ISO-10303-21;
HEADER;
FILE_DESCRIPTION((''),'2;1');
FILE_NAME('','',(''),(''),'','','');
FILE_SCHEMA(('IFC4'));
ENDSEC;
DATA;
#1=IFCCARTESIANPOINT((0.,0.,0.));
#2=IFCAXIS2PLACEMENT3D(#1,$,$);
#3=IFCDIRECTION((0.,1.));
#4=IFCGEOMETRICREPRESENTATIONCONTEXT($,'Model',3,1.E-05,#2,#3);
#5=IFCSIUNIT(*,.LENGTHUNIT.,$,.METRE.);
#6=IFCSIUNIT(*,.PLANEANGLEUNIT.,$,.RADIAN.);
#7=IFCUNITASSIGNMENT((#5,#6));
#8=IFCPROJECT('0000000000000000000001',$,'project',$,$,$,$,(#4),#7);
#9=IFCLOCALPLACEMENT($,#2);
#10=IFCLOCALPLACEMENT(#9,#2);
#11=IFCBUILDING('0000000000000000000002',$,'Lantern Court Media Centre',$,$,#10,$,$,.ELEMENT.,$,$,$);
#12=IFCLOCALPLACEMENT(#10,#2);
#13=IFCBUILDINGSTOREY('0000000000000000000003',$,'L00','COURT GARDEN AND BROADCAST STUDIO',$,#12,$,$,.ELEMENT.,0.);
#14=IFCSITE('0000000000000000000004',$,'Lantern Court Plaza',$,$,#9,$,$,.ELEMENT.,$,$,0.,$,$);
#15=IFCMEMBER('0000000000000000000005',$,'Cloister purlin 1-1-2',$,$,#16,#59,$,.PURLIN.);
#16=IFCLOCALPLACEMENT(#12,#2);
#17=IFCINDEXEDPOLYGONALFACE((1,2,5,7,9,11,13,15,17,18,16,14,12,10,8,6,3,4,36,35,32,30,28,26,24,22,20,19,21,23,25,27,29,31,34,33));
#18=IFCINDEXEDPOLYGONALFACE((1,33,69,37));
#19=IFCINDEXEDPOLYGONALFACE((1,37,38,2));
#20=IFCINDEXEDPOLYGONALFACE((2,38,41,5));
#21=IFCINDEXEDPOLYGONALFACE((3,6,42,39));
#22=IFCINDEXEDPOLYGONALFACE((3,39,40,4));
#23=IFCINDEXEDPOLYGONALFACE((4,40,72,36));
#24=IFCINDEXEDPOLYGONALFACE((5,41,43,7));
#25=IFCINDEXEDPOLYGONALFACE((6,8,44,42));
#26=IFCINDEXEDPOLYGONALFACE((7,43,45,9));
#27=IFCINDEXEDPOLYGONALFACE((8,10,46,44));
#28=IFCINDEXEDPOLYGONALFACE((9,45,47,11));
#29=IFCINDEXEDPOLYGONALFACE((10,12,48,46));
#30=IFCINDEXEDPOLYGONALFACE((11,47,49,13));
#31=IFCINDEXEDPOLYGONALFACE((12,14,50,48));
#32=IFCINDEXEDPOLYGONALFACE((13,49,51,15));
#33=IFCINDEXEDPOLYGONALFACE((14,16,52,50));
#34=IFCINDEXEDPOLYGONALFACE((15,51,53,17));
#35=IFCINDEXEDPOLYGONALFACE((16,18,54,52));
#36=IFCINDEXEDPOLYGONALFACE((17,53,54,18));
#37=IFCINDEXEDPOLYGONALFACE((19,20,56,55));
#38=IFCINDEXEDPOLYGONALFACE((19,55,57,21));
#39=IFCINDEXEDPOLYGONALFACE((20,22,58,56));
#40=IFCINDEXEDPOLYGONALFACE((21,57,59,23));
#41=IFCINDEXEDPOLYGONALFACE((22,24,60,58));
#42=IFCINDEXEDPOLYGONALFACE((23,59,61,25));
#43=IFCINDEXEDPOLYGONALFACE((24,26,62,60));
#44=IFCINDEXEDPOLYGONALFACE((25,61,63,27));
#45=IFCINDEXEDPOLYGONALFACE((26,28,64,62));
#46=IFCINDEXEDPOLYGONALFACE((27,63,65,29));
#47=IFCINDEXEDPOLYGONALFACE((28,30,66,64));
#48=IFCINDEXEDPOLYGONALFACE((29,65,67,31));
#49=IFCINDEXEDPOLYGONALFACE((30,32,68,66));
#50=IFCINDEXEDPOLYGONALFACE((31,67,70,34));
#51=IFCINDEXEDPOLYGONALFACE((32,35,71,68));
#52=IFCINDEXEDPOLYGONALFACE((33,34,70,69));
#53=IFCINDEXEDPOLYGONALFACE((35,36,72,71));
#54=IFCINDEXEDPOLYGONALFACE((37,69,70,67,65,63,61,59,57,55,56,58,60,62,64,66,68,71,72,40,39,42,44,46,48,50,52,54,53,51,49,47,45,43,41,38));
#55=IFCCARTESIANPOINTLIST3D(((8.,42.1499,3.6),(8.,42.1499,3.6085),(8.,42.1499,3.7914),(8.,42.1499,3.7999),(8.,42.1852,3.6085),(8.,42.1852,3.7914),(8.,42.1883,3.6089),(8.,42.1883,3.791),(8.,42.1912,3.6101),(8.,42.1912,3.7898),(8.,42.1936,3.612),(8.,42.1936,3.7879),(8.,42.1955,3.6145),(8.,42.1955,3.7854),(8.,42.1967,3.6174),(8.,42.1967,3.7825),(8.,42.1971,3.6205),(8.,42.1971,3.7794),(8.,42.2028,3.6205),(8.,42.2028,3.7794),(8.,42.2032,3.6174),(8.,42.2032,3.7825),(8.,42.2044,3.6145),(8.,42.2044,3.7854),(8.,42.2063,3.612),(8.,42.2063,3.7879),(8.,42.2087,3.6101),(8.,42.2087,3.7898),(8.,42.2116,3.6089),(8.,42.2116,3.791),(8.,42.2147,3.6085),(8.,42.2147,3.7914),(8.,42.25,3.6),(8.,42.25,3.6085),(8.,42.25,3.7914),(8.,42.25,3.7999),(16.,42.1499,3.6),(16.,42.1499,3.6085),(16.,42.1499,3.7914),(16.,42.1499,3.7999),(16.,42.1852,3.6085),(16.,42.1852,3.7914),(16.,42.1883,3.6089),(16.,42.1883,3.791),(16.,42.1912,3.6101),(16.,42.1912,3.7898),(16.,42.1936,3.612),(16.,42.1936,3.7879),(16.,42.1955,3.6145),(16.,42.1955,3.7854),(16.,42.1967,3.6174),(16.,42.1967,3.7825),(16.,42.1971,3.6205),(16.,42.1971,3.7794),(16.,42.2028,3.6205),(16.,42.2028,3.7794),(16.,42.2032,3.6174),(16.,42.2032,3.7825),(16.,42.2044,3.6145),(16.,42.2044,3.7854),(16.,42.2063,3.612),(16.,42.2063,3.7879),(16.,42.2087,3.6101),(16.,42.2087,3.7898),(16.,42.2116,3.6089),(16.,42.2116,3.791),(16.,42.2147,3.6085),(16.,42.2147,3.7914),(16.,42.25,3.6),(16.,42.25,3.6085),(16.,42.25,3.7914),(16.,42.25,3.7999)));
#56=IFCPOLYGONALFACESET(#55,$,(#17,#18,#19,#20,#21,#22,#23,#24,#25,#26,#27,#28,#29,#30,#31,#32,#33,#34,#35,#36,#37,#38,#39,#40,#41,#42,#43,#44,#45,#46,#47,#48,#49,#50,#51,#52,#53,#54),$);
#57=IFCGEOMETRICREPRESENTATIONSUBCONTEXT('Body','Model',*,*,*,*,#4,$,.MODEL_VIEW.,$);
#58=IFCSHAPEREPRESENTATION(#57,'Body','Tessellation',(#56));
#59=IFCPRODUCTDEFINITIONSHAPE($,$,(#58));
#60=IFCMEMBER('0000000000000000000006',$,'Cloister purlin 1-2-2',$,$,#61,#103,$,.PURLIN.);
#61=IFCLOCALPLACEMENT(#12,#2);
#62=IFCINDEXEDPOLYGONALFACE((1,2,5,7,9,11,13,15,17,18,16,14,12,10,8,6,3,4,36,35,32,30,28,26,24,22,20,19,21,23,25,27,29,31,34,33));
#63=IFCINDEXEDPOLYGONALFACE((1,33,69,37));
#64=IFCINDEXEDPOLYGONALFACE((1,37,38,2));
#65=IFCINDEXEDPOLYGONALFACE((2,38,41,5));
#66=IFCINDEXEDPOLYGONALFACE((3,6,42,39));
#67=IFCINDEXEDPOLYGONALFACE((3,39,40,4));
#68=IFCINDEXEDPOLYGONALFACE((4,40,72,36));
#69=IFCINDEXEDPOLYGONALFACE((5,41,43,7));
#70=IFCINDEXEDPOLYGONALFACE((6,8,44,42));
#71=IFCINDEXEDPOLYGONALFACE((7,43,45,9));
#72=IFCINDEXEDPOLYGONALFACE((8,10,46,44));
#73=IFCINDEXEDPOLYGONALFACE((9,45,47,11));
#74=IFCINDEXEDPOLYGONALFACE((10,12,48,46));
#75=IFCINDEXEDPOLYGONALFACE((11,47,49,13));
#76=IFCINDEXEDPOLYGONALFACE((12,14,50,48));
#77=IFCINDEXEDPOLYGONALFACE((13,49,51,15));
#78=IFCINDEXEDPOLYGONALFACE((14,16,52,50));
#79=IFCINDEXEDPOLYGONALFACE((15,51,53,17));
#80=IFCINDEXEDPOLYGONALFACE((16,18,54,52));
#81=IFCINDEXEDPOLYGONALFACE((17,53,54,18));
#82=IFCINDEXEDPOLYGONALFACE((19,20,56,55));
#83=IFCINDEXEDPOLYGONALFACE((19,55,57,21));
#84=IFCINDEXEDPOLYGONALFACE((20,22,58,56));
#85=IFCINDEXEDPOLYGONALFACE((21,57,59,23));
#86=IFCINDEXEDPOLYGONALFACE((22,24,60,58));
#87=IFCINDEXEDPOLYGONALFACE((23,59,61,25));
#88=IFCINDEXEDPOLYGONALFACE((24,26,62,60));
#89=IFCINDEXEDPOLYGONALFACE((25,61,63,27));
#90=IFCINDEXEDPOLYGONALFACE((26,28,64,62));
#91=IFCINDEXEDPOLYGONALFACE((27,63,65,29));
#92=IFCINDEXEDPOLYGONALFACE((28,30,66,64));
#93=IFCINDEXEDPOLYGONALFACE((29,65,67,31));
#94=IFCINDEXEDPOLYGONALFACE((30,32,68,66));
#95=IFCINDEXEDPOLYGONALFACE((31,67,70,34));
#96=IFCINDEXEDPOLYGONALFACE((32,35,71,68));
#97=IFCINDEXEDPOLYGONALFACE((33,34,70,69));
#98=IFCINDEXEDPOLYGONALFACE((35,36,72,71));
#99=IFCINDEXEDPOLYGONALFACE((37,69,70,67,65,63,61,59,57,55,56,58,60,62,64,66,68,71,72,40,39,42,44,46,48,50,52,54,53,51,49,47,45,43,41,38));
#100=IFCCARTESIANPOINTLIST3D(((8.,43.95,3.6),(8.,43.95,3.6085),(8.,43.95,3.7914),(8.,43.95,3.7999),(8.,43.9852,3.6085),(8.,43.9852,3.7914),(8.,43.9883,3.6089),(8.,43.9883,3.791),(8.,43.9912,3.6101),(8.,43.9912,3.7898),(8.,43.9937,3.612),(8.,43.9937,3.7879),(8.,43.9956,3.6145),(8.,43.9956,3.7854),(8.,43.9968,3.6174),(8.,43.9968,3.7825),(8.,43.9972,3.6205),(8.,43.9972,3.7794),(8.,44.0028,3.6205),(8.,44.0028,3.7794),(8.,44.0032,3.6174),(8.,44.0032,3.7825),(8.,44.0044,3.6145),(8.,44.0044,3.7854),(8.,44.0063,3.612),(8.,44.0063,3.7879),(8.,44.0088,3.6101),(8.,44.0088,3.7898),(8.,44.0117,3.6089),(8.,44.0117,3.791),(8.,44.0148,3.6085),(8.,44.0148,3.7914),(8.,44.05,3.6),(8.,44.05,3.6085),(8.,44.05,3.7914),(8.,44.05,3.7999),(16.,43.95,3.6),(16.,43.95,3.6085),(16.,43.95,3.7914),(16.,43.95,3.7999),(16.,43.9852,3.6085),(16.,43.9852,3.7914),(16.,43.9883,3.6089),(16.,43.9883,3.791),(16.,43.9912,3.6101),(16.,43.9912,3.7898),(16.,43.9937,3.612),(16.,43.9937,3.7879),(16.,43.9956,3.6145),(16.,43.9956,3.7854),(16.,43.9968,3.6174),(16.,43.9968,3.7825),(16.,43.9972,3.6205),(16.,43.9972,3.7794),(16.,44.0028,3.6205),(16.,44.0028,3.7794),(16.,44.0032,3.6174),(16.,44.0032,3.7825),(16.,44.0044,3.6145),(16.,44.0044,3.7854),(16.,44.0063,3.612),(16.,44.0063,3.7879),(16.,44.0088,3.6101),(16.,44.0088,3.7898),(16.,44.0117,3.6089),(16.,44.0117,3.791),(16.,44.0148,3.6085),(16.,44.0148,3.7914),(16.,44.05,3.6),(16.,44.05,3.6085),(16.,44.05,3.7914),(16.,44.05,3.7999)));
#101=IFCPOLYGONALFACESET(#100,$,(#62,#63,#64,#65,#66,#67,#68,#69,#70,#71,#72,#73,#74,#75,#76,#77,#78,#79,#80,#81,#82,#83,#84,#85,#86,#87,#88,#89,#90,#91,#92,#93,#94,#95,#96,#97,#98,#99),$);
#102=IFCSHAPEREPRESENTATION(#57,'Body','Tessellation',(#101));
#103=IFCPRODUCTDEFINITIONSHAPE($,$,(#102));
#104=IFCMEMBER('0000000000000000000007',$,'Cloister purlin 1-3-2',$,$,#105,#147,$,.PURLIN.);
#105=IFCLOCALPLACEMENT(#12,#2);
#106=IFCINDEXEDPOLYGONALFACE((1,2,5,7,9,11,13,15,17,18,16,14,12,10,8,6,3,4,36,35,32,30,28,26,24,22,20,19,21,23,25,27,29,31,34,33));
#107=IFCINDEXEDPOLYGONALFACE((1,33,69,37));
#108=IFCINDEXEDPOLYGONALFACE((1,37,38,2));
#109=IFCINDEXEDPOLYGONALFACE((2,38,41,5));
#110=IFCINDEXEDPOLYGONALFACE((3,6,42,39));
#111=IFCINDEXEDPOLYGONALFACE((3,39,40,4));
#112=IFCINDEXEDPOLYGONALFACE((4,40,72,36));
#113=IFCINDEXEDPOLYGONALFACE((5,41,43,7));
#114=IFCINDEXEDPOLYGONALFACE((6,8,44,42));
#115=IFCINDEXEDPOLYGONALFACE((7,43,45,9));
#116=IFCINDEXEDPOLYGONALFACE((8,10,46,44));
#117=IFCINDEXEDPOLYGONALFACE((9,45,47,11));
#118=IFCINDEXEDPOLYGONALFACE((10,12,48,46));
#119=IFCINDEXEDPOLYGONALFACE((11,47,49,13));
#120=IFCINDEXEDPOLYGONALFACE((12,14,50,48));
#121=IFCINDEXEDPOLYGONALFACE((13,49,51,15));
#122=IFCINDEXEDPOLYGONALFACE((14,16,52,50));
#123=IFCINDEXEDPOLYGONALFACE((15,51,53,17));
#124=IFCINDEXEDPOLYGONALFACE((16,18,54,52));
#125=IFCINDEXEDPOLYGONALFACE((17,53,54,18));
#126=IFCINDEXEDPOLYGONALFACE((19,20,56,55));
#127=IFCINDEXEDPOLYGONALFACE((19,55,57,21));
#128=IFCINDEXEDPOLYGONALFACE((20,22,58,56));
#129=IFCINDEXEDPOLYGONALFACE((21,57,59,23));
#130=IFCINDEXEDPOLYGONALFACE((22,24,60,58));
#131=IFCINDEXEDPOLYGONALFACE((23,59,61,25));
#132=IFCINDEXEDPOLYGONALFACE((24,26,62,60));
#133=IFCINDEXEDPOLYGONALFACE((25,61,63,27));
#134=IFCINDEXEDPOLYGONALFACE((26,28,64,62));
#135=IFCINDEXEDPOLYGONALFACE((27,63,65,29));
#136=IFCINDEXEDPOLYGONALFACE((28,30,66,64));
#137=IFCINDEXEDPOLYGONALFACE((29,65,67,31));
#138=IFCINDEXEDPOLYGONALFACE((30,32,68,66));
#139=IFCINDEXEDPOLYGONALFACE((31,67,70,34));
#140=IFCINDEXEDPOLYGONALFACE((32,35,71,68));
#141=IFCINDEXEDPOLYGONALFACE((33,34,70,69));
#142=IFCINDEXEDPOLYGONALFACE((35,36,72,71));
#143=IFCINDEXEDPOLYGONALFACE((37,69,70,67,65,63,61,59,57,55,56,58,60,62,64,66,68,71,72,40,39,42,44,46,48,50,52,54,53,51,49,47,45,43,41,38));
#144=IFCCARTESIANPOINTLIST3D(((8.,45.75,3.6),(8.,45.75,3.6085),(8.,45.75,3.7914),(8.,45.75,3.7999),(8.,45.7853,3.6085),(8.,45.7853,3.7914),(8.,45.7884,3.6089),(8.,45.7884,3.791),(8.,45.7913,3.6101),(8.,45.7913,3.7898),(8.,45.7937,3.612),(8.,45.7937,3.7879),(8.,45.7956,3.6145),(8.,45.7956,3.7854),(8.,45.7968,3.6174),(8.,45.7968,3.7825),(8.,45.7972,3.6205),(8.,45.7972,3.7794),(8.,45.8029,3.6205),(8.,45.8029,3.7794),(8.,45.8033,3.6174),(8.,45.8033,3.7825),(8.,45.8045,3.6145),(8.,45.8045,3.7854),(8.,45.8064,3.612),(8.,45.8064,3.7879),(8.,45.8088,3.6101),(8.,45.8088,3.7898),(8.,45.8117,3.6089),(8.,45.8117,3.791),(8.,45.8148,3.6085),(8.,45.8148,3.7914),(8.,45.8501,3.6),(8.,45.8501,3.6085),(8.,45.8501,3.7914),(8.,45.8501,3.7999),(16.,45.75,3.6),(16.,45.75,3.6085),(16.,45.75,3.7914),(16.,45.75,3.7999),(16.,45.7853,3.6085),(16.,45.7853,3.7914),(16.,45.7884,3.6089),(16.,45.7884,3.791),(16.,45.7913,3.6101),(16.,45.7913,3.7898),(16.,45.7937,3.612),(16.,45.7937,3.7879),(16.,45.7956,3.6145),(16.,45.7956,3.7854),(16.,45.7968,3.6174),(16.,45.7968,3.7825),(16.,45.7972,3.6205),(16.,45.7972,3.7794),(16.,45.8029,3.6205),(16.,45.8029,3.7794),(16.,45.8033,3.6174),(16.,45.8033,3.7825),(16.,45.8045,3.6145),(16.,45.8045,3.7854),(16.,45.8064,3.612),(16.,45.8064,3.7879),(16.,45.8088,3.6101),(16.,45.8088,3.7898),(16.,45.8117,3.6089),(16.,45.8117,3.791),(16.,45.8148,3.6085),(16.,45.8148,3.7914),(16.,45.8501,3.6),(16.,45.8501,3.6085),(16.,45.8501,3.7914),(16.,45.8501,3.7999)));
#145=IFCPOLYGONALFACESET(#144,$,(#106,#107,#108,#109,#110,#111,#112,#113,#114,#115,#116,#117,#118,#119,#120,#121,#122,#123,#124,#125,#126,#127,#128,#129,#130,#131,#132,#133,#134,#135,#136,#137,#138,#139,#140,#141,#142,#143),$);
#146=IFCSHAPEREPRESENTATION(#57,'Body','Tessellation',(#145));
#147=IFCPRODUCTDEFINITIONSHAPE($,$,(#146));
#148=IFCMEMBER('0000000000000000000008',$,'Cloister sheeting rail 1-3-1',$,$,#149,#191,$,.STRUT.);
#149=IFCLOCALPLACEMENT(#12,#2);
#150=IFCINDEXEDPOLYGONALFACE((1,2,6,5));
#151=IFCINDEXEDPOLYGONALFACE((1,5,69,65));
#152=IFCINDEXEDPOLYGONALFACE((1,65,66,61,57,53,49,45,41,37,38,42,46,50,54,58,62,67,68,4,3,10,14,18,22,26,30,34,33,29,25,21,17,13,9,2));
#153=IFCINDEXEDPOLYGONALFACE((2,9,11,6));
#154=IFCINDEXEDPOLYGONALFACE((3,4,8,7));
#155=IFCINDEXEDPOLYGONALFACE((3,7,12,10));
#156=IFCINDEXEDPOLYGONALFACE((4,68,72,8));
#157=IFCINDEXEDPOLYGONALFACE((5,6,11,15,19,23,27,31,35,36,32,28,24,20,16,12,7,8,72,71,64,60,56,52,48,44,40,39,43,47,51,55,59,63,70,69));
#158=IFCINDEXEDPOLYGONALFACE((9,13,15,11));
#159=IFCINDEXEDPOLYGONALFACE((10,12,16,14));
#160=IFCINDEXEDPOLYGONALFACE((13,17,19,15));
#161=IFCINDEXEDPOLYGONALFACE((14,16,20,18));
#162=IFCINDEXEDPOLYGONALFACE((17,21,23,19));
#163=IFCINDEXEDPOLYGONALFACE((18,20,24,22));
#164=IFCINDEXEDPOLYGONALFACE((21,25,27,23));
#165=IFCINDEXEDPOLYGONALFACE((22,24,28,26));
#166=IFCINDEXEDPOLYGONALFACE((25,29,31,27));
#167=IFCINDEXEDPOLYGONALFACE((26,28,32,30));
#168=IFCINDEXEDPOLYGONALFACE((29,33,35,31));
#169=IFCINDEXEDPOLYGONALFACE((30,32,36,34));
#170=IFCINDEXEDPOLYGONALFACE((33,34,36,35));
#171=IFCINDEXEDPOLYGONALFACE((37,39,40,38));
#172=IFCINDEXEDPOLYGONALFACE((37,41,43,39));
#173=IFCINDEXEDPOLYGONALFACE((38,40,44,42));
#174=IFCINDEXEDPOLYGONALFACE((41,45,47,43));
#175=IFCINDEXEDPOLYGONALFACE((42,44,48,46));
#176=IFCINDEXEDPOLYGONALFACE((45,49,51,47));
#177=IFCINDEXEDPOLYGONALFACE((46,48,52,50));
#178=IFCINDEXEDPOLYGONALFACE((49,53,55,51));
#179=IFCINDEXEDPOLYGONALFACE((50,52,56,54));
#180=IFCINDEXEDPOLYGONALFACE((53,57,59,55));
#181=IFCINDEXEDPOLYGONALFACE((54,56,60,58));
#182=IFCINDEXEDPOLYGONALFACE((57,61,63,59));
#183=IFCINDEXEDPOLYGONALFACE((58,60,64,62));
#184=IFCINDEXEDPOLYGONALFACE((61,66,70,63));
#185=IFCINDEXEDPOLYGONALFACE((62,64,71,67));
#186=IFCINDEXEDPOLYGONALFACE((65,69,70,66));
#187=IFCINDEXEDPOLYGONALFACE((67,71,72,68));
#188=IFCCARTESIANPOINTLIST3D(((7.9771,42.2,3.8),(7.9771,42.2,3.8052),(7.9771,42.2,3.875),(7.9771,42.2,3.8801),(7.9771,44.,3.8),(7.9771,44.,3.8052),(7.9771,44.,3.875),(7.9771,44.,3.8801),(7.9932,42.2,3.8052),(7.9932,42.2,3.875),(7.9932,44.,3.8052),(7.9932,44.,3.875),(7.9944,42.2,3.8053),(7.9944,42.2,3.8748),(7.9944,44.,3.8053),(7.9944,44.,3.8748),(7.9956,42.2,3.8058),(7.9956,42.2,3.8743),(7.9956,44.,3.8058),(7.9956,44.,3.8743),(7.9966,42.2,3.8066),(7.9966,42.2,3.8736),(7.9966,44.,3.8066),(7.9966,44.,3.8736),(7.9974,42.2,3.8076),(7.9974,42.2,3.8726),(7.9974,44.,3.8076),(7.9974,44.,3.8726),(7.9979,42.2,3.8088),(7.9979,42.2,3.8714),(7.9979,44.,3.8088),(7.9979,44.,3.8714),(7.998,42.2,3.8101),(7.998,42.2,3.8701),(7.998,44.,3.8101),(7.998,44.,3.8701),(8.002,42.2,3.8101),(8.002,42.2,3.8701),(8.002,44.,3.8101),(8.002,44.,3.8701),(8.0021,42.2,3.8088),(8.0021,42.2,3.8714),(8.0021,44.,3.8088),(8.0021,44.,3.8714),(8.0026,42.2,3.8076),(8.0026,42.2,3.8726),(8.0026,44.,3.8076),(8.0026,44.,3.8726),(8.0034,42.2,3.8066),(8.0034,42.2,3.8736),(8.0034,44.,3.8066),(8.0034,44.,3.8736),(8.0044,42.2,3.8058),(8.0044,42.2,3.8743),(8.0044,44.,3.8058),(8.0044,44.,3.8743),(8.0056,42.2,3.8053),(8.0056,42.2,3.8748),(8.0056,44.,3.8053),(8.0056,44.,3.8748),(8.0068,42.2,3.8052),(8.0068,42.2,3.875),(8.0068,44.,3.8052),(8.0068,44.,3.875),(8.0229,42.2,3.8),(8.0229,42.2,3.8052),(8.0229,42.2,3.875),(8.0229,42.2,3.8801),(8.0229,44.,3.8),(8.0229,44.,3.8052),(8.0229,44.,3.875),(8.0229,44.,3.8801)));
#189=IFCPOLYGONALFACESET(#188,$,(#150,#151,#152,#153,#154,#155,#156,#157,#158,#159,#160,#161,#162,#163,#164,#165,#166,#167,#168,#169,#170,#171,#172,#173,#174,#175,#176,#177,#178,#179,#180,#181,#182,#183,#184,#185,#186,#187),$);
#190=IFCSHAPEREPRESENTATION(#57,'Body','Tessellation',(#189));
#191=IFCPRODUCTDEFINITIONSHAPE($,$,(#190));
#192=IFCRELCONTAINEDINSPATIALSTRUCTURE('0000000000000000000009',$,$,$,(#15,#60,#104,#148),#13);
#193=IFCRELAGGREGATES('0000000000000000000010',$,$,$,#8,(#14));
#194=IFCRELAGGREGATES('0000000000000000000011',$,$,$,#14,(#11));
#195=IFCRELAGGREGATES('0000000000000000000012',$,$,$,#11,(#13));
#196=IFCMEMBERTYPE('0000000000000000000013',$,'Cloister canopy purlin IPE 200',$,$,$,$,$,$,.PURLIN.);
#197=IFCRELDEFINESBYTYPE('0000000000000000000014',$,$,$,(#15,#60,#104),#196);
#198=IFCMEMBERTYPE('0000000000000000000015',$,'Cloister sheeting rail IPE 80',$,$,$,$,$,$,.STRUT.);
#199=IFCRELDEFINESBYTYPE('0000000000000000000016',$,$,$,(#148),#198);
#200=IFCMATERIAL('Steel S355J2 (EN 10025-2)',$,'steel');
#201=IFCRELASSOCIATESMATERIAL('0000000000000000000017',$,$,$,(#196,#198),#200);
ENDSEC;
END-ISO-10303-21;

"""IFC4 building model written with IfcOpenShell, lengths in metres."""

from ifc_helpers import new_model, si_unit, direction, frame, origin, origin_2d, place, context, subcontext, project, spatial, i_section, extrude, material, material_profile, profile_set, type_object, element, save


model = new_model("IFC4")

# Units and contexts
model_context = context("Model", 3, precision=1e-05, world=origin(), true_north=direction((0.0, 1.0)))
body_context = subcontext(model_context, "Body", "Model", "MODEL_VIEW")
ifc_project = project(units=[si_unit("LENGTHUNIT", "METRE"), si_unit("PLANEANGLEUNIT", "RADIAN")], contexts=[model_context])

# Site, building, storey
site_placement = place(None, origin())
site = spatial("IfcSite", under=ifc_project, at=site_placement, Name="Lantern Court Plaza", CompositionType="ELEMENT", RefElevation=0.0)
building_placement = place(site_placement, origin())
building = spatial("IfcBuilding", under=site, at=building_placement, Name="Lantern Court Media Centre", CompositionType="ELEMENT")
storey_placement = place(building_placement, origin())
storey = spatial("IfcBuildingStorey", under=building, at=storey_placement, Name="L00", Description="COURT GARDEN AND BROADCAST STUDIO", CompositionType="ELEMENT", Elevation=0.0)

# Shared definitions
ifc_material_1 = material(Name="Steel S355J2 (EN 10025-2)", Category="steel")

# Members
ifc_material_profile_1 = material_profile(ifc_material_1, i_section(OverallWidth=0.1001, OverallDepth=0.2, WebThickness=0.0056, FlangeThickness=0.0085, FilletRadius=0.012, at=origin_2d()), Name="IPE 200")
ifc_profile_set_1 = profile_set([ifc_material_profile_1], Name="Steel S355J2 (EN 10025-2)")
member_type_1 = type_object("IfcMemberType", Name="Cloister canopy purlin IPE 200", PredefinedType="PURLIN", material=ifc_profile_set_1)
for number, where, z_axis, x_axis, name in (
    (1, (8.0, 42.2, 3.7), (1.0, 0.0, 0.0), (0.0, 1.0, 0.0), "Cloister purlin 1-1-2"),
    (2, (8.0, 44.0, 3.7), (1.0, 0.0, 0.0), (0.0, 1.0, 0.0), "Cloister purlin 1-2-2"),
    (3, (8.0, 45.8, 3.7), (1.0, 0.0, 0.0), (0.0, 1.0, 0.0), "Cloister purlin 1-3-2"),
):
    element("IfcMember", number, at=place(storey_placement, frame(where, z_axis=z_axis, x_axis=x_axis)), inside=storey, type_object=member_type_1, Name=name, PredefinedType="PURLIN", context=body_context, shape_type="SweptSolid", body=[
        extrude(i_section(OverallWidth=0.1001, OverallDepth=0.2, WebThickness=0.0056, FlangeThickness=0.0085, FilletRadius=0.012, at=origin_2d()), origin(), (0.0, 0.0, 1.0), 8.0),
    ])
ifc_material_profile_2 = material_profile(ifc_material_1, i_section(OverallWidth=0.0459, OverallDepth=0.0801, WebThickness=0.0039, FlangeThickness=0.0051, FilletRadius=0.0049, at=origin_2d()), Name="IPE 80")
ifc_profile_set_2 = profile_set([ifc_material_profile_2], Name="Steel S355J2 (EN 10025-2)")
member_type_2 = type_object("IfcMemberType", Name="Cloister sheeting rail IPE 80", PredefinedType="STRUT", material=ifc_profile_set_2)
for number, where, z_axis, x_axis, name in (
    (4, (8.0, 42.2, 3.8401), (0.0, 1.0, 0.0), (-1.0, 0.0, 0.0), "Cloister sheeting rail 1-3-1"),
):
    element("IfcMember", number, at=place(storey_placement, frame(where, z_axis=z_axis, x_axis=x_axis)), inside=storey, type_object=member_type_2, Name=name, PredefinedType="STRUT", context=body_context, shape_type="SweptSolid", body=[
        extrude(i_section(OverallWidth=0.0459, OverallDepth=0.0801, WebThickness=0.0039, FlangeThickness=0.0051, FilletRadius=0.0049, at=origin_2d()), origin(), (0.0, 0.0, 1.0), 1.8),
    ])

save(model, "model.ifc")
